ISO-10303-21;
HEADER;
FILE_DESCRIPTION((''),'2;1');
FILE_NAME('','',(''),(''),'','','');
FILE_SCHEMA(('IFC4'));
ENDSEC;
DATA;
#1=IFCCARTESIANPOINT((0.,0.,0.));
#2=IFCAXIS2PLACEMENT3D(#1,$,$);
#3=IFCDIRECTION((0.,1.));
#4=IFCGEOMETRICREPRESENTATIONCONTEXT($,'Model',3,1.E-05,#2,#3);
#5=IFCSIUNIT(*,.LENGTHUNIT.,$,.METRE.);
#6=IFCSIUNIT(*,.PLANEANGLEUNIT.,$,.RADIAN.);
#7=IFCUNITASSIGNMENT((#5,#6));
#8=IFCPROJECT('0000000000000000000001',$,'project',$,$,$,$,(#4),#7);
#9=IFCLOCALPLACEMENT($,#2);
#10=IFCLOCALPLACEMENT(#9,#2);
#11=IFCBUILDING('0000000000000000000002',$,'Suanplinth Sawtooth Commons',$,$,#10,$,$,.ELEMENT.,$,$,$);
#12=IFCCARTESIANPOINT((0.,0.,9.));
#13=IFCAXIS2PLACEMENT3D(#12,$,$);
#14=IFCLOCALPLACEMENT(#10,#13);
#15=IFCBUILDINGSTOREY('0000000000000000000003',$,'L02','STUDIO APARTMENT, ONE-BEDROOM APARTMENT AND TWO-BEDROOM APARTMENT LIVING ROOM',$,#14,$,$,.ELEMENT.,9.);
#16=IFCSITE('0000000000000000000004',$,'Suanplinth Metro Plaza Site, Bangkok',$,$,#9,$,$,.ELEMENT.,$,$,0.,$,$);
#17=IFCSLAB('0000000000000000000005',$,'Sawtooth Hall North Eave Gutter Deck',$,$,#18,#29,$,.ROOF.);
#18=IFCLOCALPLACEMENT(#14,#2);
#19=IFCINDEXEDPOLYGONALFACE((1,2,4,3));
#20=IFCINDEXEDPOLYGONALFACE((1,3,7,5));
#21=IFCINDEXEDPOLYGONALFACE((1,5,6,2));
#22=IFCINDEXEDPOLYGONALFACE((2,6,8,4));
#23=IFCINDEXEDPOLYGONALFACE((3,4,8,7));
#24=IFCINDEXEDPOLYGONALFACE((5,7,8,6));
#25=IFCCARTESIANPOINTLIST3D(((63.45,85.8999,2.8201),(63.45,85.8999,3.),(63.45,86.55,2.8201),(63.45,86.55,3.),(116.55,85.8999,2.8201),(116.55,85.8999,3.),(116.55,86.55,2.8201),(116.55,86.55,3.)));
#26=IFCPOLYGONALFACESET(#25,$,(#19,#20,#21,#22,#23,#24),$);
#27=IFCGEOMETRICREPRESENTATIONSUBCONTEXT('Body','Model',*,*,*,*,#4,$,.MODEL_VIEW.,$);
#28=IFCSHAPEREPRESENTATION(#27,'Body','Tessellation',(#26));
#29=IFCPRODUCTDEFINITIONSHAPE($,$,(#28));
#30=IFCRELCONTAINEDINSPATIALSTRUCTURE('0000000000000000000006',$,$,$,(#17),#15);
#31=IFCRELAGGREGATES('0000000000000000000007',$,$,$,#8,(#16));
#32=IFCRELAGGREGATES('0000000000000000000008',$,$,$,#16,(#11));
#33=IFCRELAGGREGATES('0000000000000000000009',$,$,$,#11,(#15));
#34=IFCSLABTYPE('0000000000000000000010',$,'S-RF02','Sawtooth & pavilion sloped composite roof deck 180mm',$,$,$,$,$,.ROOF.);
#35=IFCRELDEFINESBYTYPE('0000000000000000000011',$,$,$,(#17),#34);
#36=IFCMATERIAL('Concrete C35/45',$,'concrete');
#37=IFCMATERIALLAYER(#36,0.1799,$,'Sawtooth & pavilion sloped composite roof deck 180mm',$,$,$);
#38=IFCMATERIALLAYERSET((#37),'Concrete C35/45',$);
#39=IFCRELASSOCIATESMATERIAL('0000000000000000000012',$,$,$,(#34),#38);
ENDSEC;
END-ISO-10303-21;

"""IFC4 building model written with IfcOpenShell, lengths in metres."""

from ifc_helpers import new_model, si_unit, direction, frame, origin, place, context, subcontext, project, spatial, polyline, outline, extrude, material, layer, layer_set, type_object, element, save


model = new_model("IFC4")

# Units and contexts
model_context = context("Model", 3, precision=1e-05, world=origin(), true_north=direction((0.0, 1.0)))
body_context = subcontext(model_context, "Body", "Model", "MODEL_VIEW")
ifc_project = project(units=[si_unit("LENGTHUNIT", "METRE"), si_unit("PLANEANGLEUNIT", "RADIAN")], contexts=[model_context])

# Site, building, storey
site_placement = place(None, origin())
site = spatial("IfcSite", under=ifc_project, at=site_placement, Name="Suanplinth Metro Plaza Site, Bangkok", CompositionType="ELEMENT", RefElevation=0.0)
building_placement = place(site_placement, origin())
building = spatial("IfcBuilding", under=site, at=building_placement, Name="Suanplinth Sawtooth Commons", CompositionType="ELEMENT")
storey_placement = place(building_placement, frame((0.0, 0.0, 9.0)))
storey = spatial("IfcBuildingStorey", under=building, at=storey_placement, Name="L02", Description="STUDIO APARTMENT, ONE-BEDROOM APARTMENT AND TWO-BEDROOM APARTMENT LIVING ROOM", CompositionType="ELEMENT", Elevation=9.0)

# Slab
ifc_material_1 = material(Name="Concrete C35/45", Category="concrete")
ifc_layer_1 = layer(ifc_material_1, 0.1799, Name="Sawtooth & pavilion sloped composite roof deck 180mm")
ifc_layer_set_1 = layer_set([ifc_layer_1], Name="Concrete C35/45")
slab_type_1 = type_object("IfcSlabType", Name="S-RF02", Description="Sawtooth & pavilion sloped composite roof deck 180mm", PredefinedType="ROOF", material=ifc_layer_set_1)
slab_1_placement = place(storey_placement, frame((0.0, 0.0, 2.8201)))
element("IfcSlab", 1, at=slab_1_placement, inside=storey, type_object=slab_type_1, Name="Sawtooth Hall North Eave Gutter Deck", PredefinedType="ROOF", context=body_context, shape_type="SweptSolid", body=[
    extrude(outline(polyline([(63.45, 85.8999), (116.55, 85.8999), (116.55, 86.55), (63.45, 86.55), (63.45, 85.8999)])), origin(), (0.0, 0.0, 1.0), 0.1799),
])

save(model, "model.ifc")
